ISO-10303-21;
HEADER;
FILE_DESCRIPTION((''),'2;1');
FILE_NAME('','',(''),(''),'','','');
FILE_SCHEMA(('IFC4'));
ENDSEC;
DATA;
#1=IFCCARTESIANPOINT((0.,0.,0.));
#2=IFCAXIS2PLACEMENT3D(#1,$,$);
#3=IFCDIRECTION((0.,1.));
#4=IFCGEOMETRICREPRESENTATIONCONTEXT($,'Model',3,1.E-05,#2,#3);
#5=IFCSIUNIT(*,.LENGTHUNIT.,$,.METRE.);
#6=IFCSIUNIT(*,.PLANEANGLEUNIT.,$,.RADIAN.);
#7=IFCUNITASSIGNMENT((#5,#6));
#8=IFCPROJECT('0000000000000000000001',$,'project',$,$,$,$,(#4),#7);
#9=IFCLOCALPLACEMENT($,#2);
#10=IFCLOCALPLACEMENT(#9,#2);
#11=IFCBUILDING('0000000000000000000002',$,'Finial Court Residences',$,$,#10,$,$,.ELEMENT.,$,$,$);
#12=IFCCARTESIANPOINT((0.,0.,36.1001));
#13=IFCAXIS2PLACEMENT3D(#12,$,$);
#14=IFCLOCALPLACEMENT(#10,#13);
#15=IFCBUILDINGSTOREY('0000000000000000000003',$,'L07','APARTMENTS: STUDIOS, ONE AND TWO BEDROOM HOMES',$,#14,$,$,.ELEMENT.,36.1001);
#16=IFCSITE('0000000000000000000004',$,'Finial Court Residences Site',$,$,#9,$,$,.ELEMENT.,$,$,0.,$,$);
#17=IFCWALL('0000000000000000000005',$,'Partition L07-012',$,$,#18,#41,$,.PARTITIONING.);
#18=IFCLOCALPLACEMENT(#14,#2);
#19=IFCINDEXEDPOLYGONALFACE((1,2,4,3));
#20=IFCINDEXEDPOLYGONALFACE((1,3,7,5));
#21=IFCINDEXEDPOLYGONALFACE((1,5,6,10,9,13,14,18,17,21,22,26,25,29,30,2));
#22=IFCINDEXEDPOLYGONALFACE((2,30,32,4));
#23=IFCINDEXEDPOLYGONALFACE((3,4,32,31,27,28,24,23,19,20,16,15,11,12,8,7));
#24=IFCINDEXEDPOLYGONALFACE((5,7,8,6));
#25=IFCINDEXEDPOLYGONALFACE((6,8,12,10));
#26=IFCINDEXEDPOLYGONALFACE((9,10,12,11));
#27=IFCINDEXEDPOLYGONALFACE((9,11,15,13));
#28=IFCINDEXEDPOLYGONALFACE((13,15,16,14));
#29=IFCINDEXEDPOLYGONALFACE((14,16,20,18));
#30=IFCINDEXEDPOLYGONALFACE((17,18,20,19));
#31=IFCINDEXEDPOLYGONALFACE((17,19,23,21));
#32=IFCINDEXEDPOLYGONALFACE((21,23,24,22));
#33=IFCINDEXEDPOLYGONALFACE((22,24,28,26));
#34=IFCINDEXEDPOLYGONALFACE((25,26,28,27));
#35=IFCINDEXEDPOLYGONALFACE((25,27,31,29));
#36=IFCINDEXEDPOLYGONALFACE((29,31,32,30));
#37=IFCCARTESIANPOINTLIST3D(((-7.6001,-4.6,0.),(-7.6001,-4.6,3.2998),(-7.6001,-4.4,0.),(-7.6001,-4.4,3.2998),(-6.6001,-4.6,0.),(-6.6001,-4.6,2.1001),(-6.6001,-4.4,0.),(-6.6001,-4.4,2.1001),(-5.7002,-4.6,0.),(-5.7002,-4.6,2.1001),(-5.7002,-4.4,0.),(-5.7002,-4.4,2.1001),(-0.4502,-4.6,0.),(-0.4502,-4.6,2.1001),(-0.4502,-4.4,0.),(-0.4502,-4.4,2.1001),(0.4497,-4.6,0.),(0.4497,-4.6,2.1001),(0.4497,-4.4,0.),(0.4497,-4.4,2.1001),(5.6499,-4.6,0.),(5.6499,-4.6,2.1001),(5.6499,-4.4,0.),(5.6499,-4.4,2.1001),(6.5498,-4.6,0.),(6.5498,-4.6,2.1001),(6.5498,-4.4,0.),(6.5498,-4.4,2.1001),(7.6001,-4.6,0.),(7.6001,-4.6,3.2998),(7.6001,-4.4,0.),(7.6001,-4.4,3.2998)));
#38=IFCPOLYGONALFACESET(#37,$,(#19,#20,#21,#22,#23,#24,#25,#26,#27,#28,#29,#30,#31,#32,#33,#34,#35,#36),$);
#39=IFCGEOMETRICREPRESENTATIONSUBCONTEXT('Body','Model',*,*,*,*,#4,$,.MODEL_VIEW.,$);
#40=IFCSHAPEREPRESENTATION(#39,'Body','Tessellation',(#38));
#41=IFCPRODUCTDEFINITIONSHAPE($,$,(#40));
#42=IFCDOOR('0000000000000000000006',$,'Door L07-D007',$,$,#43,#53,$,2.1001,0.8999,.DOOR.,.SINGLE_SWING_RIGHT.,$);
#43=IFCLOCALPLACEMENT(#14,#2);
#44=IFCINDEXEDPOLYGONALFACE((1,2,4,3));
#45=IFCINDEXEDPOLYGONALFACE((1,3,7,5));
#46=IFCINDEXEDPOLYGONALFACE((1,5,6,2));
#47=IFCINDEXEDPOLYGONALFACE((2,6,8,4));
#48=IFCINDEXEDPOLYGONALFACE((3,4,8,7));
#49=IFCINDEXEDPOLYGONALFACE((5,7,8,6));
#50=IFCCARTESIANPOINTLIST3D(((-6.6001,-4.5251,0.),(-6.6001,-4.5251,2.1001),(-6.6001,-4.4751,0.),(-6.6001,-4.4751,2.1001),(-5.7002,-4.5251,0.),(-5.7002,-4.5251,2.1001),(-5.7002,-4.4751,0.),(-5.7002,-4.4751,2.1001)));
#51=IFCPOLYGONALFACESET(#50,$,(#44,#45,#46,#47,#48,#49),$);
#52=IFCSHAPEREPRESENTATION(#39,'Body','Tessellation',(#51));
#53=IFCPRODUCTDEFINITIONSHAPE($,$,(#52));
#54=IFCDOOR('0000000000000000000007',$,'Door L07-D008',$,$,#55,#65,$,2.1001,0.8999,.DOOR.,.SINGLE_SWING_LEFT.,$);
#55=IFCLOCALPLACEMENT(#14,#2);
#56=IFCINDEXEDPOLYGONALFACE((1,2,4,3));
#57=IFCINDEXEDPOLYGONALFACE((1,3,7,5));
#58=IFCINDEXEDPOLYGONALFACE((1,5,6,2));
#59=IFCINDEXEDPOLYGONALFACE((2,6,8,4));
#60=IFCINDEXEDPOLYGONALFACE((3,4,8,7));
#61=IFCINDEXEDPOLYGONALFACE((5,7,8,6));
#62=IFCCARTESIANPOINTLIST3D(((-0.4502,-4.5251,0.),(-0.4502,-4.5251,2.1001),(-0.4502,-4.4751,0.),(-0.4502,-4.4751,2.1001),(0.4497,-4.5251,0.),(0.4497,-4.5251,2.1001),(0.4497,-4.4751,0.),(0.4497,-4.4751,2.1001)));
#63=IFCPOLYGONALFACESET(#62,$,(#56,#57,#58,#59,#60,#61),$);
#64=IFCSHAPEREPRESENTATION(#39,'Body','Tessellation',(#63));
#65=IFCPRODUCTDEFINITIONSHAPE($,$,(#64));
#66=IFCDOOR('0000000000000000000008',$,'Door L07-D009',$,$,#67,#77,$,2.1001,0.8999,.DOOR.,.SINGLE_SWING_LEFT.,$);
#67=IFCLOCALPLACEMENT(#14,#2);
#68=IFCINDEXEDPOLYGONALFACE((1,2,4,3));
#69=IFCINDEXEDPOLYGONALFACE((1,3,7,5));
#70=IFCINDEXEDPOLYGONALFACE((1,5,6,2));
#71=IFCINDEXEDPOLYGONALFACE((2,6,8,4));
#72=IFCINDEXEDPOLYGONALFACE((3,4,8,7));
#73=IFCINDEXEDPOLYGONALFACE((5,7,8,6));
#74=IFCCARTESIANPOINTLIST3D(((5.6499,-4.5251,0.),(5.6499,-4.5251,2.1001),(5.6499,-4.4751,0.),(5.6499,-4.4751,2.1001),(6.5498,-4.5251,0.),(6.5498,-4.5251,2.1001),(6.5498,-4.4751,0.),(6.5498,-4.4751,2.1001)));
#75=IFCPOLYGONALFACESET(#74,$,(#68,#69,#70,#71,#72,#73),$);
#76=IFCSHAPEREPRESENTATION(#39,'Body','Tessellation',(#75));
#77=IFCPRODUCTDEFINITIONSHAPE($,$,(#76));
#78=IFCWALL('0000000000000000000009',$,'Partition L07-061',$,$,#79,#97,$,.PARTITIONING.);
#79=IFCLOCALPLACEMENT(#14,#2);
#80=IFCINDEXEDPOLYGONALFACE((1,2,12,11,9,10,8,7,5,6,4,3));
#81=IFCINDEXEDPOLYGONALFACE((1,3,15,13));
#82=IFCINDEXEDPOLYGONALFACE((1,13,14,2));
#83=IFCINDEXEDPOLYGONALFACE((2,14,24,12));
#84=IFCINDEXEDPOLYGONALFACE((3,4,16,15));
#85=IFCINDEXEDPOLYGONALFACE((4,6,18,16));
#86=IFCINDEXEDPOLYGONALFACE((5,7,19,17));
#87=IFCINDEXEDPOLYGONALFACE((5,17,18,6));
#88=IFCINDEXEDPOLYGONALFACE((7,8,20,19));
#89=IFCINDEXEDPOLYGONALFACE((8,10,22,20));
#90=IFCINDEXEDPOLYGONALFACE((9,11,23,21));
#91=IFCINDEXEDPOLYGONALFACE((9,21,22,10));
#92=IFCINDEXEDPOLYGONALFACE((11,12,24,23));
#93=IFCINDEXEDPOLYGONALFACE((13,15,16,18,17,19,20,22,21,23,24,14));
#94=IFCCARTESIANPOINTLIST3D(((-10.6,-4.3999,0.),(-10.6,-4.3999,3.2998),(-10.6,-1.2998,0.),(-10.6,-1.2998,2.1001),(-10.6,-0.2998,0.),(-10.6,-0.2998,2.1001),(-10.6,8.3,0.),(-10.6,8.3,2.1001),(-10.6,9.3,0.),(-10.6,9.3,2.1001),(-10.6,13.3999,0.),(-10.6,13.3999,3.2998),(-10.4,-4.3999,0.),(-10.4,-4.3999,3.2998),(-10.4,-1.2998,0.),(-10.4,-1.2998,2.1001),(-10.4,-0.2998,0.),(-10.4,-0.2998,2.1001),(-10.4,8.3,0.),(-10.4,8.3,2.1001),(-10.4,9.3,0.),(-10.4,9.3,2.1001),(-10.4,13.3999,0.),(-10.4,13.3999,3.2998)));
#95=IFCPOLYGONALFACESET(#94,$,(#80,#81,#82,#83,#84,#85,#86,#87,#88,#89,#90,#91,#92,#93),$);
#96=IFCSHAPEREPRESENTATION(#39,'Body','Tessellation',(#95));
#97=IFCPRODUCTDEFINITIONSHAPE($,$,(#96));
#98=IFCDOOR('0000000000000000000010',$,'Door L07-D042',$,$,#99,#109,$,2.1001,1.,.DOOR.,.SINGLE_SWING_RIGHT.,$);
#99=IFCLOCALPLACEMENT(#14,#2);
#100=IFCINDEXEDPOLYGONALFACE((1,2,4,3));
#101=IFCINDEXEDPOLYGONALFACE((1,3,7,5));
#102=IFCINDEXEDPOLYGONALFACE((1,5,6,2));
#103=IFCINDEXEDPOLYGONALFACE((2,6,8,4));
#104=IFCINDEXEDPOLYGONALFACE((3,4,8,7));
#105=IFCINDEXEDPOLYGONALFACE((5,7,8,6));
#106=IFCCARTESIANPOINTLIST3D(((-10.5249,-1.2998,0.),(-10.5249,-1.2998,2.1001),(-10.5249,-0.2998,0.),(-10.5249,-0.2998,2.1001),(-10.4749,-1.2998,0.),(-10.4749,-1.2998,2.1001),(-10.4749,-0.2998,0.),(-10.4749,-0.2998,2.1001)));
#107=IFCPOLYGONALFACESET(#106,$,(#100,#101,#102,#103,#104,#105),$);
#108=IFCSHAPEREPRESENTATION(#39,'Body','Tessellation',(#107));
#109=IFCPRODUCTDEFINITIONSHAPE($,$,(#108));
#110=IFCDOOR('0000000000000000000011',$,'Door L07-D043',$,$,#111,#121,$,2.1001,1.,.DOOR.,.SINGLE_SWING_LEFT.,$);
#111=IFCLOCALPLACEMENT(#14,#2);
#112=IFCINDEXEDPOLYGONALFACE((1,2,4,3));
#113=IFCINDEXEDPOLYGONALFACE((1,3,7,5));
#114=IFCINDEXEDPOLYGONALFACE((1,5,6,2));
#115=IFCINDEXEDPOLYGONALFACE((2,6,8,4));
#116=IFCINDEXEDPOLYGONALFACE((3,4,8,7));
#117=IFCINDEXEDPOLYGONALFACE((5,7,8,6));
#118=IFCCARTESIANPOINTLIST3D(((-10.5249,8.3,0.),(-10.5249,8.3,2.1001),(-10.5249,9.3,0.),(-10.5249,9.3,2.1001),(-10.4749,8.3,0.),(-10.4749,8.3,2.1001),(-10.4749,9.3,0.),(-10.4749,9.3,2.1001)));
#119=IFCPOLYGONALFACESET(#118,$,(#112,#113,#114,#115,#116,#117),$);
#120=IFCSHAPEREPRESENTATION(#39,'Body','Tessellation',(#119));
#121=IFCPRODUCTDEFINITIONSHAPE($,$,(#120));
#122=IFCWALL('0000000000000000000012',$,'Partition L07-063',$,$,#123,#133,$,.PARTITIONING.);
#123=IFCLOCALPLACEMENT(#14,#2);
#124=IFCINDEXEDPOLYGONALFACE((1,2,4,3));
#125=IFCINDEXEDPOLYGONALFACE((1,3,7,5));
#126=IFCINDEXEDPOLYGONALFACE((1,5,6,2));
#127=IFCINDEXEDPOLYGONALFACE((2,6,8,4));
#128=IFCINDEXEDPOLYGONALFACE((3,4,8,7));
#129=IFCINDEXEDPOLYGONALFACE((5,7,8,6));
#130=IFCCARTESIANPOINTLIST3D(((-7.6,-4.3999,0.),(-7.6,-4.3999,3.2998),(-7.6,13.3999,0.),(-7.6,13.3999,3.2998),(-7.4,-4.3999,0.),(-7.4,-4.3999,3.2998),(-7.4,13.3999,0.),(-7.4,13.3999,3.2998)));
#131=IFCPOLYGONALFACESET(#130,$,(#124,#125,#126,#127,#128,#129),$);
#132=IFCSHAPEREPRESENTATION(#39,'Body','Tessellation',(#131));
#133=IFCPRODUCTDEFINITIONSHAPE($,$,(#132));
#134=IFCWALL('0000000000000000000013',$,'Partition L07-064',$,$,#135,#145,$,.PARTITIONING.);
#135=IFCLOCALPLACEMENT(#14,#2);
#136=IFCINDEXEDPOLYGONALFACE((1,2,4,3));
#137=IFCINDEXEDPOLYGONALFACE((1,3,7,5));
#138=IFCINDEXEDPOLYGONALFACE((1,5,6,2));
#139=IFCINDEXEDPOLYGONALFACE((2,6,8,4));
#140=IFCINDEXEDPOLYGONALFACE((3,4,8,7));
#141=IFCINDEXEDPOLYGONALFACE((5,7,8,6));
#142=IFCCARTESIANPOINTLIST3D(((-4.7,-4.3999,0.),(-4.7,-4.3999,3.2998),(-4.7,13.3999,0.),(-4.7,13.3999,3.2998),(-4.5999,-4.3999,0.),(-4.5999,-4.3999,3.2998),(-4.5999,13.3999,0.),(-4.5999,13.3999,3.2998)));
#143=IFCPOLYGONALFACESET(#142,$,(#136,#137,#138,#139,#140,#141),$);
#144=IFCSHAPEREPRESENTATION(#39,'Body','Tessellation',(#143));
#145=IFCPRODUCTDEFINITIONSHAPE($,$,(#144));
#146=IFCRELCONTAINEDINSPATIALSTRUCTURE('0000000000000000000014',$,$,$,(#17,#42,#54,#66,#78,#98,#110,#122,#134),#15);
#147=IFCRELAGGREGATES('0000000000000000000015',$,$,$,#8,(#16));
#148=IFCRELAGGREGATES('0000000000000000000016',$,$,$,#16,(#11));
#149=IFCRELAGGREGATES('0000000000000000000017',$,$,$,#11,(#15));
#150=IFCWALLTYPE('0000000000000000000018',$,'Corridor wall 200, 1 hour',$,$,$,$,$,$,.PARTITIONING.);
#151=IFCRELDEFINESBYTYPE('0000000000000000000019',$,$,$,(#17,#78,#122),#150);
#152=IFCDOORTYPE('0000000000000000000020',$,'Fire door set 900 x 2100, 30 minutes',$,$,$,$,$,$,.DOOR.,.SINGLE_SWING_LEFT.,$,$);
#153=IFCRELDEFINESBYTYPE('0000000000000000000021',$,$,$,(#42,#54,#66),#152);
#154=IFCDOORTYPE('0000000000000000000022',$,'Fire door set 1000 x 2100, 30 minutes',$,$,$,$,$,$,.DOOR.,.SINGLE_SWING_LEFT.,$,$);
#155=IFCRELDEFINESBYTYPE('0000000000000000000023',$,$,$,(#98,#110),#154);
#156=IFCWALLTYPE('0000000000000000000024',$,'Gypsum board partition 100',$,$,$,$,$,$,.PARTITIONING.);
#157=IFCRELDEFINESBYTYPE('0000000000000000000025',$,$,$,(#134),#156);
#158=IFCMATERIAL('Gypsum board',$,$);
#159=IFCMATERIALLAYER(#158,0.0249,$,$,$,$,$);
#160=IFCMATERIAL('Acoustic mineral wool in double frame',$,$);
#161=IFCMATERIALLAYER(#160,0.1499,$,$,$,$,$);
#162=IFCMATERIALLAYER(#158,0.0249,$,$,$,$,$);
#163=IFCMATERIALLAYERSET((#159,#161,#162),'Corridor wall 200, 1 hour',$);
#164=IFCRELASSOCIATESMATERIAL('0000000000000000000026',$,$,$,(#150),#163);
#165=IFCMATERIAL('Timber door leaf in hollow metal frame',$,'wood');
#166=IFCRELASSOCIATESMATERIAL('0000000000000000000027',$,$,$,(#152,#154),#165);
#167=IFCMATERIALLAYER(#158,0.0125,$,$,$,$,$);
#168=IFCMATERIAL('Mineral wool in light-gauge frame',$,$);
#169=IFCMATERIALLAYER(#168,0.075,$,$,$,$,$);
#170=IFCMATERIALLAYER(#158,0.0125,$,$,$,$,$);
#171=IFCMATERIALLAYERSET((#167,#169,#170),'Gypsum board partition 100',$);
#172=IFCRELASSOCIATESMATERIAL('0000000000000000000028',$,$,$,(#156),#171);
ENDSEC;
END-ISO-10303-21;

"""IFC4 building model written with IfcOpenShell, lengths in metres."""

from ifc_helpers import new_model, si_unit, direction, frame, frame_2d, origin, place, context, subcontext, project, spatial, rectangle, extrude, material, layer, layer_set, type_object, element, fill, save


model = new_model("IFC4")

# Units and contexts
model_context = context("Model", 3, precision=1e-05, world=origin(), true_north=direction((0.0, 1.0)))
body_context = subcontext(model_context, "Body", "Model", "MODEL_VIEW")
ifc_project = project(units=[si_unit("LENGTHUNIT", "METRE"), si_unit("PLANEANGLEUNIT", "RADIAN")], contexts=[model_context])

# Site, building, storey
site_placement = place(None, origin())
site = spatial("IfcSite", under=ifc_project, at=site_placement, Name="Finial Court Residences Site", CompositionType="ELEMENT", RefElevation=0.0)
building_placement = place(site_placement, origin())
building = spatial("IfcBuilding", under=site, at=building_placement, Name="Finial Court Residences", CompositionType="ELEMENT")
storey_placement = place(building_placement, frame((0.0, 0.0, 36.1001)))
storey = spatial("IfcBuildingStorey", under=building, at=storey_placement, Name="L07", Description="APARTMENTS: STUDIOS, ONE AND TWO BEDROOM HOMES", CompositionType="ELEMENT", Elevation=36.1001)

# Walls, openings, doors
ifc_material_1 = material(Name="Gypsum board")
ifc_layer_1 = layer(ifc_material_1, 0.0249)
ifc_material_2 = material(Name="Acoustic mineral wool in double frame")
ifc_layer_2 = layer(ifc_material_2, 0.1499)
ifc_layer_3 = layer(ifc_material_1, 0.0249)
ifc_layer_set_1 = layer_set([ifc_layer_1, ifc_layer_2, ifc_layer_3], Name="Corridor wall 200, 1 hour")
wall_type_1 = type_object("IfcWallType", Name="Corridor wall 200, 1 hour", PredefinedType="PARTITIONING", material=ifc_layer_set_1)
wall_1_placement = place(storey_placement, frame((-7.6001, -4.5, 0.0), z_axis=(0.0, 0.0, 1.0), x_axis=(1.0, 0.0, 0.0)))
wall_1 = element("IfcWall", 1, at=wall_1_placement, inside=storey, type_object=wall_type_1, Name="Partition L07-012", PredefinedType="PARTITIONING", context=body_context, shape_type="SweptSolid", body=[
    extrude(rectangle(XDim=15.2002, YDim=0.2, at=frame_2d((7.6001, 0.0))), origin(), (0.0, 0.0, 1.0), 3.2998),
])
opening_1_placement = place(wall_1_placement, frame((1.0, 0.0, 0.0)))
opening_1 = element("IfcOpeningElement", 2, at=opening_1_placement, cuts=wall_1, PredefinedType="OPENING", context=body_context, shape_type="SweptSolid", body=[
    extrude(rectangle(XDim=0.8999, YDim=2.1001, at=frame_2d((0.45, 1.05))), frame((0.0, 0.1099, 0.0), z_axis=(0.0, -1.0, 0.0), x_axis=(1.0, 0.0, 0.0)), (0.0, 0.0, 1.0), 0.22),
])
opening_2_placement = place(wall_1_placement, frame((7.1499, 0.0, 0.0)))
opening_2 = element("IfcOpeningElement", 3, at=opening_2_placement, cuts=wall_1, PredefinedType="OPENING", context=body_context, shape_type="SweptSolid", body=[
    extrude(rectangle(XDim=0.8999, YDim=2.1001, at=frame_2d((0.45, 1.05))), frame((0.0, 0.1099, 0.0), z_axis=(0.0, -1.0, 0.0), x_axis=(1.0, 0.0, 0.0)), (0.0, 0.0, 1.0), 0.22),
])
opening_3_placement = place(wall_1_placement, frame((13.25, 0.0, 0.0)))
opening_3 = element("IfcOpeningElement", 4, at=opening_3_placement, cuts=wall_1, PredefinedType="OPENING", context=body_context, shape_type="SweptSolid", body=[
    extrude(rectangle(XDim=0.8999, YDim=2.1001, at=frame_2d((0.45, 1.05))), frame((0.0, 0.1099, 0.0), z_axis=(0.0, -1.0, 0.0), x_axis=(1.0, 0.0, 0.0)), (0.0, 0.0, 1.0), 0.22),
])
ifc_material_3 = material(Name="Timber door leaf in hollow metal frame", Category="wood")
door_type_1 = type_object("IfcDoorType", Name="Fire door set 900 x 2100, 30 minutes", OperationType="SINGLE_SWING_LEFT", PredefinedType="DOOR", material=ifc_material_3)
door_1_placement = place(opening_1_placement, origin())
door_1 = element("IfcDoor", 5, at=door_1_placement, inside=storey, type_object=door_type_1, Name="Door L07-D007", OperationType="SINGLE_SWING_RIGHT", OverallHeight=2.1001, OverallWidth=0.8999, PredefinedType="DOOR", context=body_context, shape_type="SweptSolid", body=[
    extrude(rectangle(XDim=0.8999, YDim=2.1001, at=frame_2d((0.45, 1.05))), frame((0.0, 0.0249, 0.0), z_axis=(0.0, -1.0, 0.0), x_axis=(1.0, 0.0, 0.0)), (0.0, 0.0, 1.0), 0.05),
])
fill(opening_1, door_1)
door_2_placement = place(opening_2_placement, origin())
door_2 = element("IfcDoor", 6, at=door_2_placement, inside=storey, type_object=door_type_1, Name="Door L07-D008", OperationType="SINGLE_SWING_LEFT", OverallHeight=2.1001, OverallWidth=0.8999, PredefinedType="DOOR", context=body_context, shape_type="SweptSolid", body=[
    extrude(rectangle(XDim=0.8999, YDim=2.1001, at=frame_2d((0.45, 1.05))), frame((0.0, 0.0249, 0.0), z_axis=(0.0, -1.0, 0.0), x_axis=(1.0, 0.0, 0.0)), (0.0, 0.0, 1.0), 0.05),
])
fill(opening_2, door_2)
door_3_placement = place(opening_3_placement, origin())
door_3 = element("IfcDoor", 7, at=door_3_placement, inside=storey, type_object=door_type_1, Name="Door L07-D009", OperationType="SINGLE_SWING_LEFT", OverallHeight=2.1001, OverallWidth=0.8999, PredefinedType="DOOR", context=body_context, shape_type="SweptSolid", body=[
    extrude(rectangle(XDim=0.8999, YDim=2.1001, at=frame_2d((0.45, 1.05))), frame((0.0, 0.0249, 0.0), z_axis=(0.0, -1.0, 0.0), x_axis=(1.0, 0.0, 0.0)), (0.0, 0.0, 1.0), 0.05),
])
fill(opening_3, door_3)
wall_2_placement = place(storey_placement, frame((-10.5, -4.3999, 0.0), z_axis=(0.0, 0.0, 1.0), x_axis=(0.0, 1.0, 0.0)))
wall_2 = element("IfcWall", 8, at=wall_2_placement, inside=storey, type_object=wall_type_1, Name="Partition L07-061", PredefinedType="PARTITIONING", context=body_context, shape_type="SweptSolid", body=[
    extrude(rectangle(XDim=17.7998, YDim=0.2, at=frame_2d((8.8999, 0.0))), origin(), (0.0, 0.0, 1.0), 3.2998),
])
opening_4_placement = place(wall_2_placement, frame((3.1001, 0.0, 0.0)))
opening_4 = element("IfcOpeningElement", 9, at=opening_4_placement, cuts=wall_2, PredefinedType="OPENING", context=body_context, shape_type="SweptSolid", body=[
    extrude(rectangle(XDim=1.0, YDim=2.1001, at=frame_2d((0.5, 1.05))), frame((0.0, 0.1099, 0.0), z_axis=(0.0, -1.0, 0.0), x_axis=(1.0, 0.0, 0.0)), (0.0, 0.0, 1.0), 0.22),
])
opening_5_placement = place(wall_2_placement, frame((12.7, 0.0, 0.0)))
opening_5 = element("IfcOpeningElement", 10, at=opening_5_placement, cuts=wall_2, PredefinedType="OPENING", context=body_context, shape_type="SweptSolid", body=[
    extrude(rectangle(XDim=1.0, YDim=2.1001, at=frame_2d((0.5, 1.05))), frame((0.0, 0.1099, 0.0), z_axis=(0.0, -1.0, 0.0), x_axis=(1.0, 0.0, 0.0)), (0.0, 0.0, 1.0), 0.22),
])
door_type_2 = type_object("IfcDoorType", Name="Fire door set 1000 x 2100, 30 minutes", OperationType="SINGLE_SWING_LEFT", PredefinedType="DOOR", material=ifc_material_3)
door_4_placement = place(opening_4_placement, origin())
door_4 = element("IfcDoor", 11, at=door_4_placement, inside=storey, type_object=door_type_2, Name="Door L07-D042", OperationType="SINGLE_SWING_RIGHT", OverallHeight=2.1001, OverallWidth=1.0, PredefinedType="DOOR", context=body_context, shape_type="SweptSolid", body=[
    extrude(rectangle(XDim=1.0, YDim=2.1001, at=frame_2d((0.5, 1.05))), frame((0.0, 0.0249, 0.0), z_axis=(0.0, -1.0, 0.0), x_axis=(1.0, 0.0, 0.0)), (0.0, 0.0, 1.0), 0.05),
])
fill(opening_4, door_4)
door_5_placement = place(opening_5_placement, origin())
door_5 = element("IfcDoor", 12, at=door_5_placement, inside=storey, type_object=door_type_2, Name="Door L07-D043", OperationType="SINGLE_SWING_LEFT", OverallHeight=2.1001, OverallWidth=1.0, PredefinedType="DOOR", context=body_context, shape_type="SweptSolid", body=[
    extrude(rectangle(XDim=1.0, YDim=2.1001, at=frame_2d((0.5, 1.05))), frame((0.0, 0.0249, 0.0), z_axis=(0.0, -1.0, 0.0), x_axis=(1.0, 0.0, 0.0)), (0.0, 0.0, 1.0), 0.05),
])
fill(opening_5, door_5)

# Walls
wall_3_placement = place(storey_placement, frame((-7.5, -4.3999, 0.0), z_axis=(0.0, 0.0, 1.0), x_axis=(0.0, 1.0, 0.0)))
element("IfcWall", 13, at=wall_3_placement, inside=storey, type_object=wall_type_1, Name="Partition L07-063", PredefinedType="PARTITIONING", context=body_context, shape_type="SweptSolid", body=[
    extrude(rectangle(XDim=17.7998, YDim=0.2, at=frame_2d((8.8999, 0.0))), origin(), (0.0, 0.0, 1.0), 3.2998),
])
ifc_layer_4 = layer(ifc_material_1, 0.0125)
ifc_material_4 = material(Name="Mineral wool in light-gauge frame")
ifc_layer_5 = layer(ifc_material_4, 0.075)
ifc_layer_6 = layer(ifc_material_1, 0.0125)
ifc_layer_set_2 = layer_set([ifc_layer_4, ifc_layer_5, ifc_layer_6], Name="Gypsum board partition 100")
wall_type_2 = type_object("IfcWallType", Name="Gypsum board partition 100", PredefinedType="PARTITIONING", material=ifc_layer_set_2)
wall_4_placement = place(storey_placement, frame((-4.6499, -4.3999, 0.0), z_axis=(0.0, 0.0, 1.0), x_axis=(0.0, 1.0, 0.0)))
element("IfcWall", 14, at=wall_4_placement, inside=storey, type_object=wall_type_2, Name="Partition L07-064", PredefinedType="PARTITIONING", context=body_context, shape_type="SweptSolid", body=[
    extrude(rectangle(XDim=17.7998, YDim=0.1001, at=frame_2d((8.8999, 0.0))), origin(), (0.0, 0.0, 1.0), 3.2998),
])

save(model, "model.ifc")
